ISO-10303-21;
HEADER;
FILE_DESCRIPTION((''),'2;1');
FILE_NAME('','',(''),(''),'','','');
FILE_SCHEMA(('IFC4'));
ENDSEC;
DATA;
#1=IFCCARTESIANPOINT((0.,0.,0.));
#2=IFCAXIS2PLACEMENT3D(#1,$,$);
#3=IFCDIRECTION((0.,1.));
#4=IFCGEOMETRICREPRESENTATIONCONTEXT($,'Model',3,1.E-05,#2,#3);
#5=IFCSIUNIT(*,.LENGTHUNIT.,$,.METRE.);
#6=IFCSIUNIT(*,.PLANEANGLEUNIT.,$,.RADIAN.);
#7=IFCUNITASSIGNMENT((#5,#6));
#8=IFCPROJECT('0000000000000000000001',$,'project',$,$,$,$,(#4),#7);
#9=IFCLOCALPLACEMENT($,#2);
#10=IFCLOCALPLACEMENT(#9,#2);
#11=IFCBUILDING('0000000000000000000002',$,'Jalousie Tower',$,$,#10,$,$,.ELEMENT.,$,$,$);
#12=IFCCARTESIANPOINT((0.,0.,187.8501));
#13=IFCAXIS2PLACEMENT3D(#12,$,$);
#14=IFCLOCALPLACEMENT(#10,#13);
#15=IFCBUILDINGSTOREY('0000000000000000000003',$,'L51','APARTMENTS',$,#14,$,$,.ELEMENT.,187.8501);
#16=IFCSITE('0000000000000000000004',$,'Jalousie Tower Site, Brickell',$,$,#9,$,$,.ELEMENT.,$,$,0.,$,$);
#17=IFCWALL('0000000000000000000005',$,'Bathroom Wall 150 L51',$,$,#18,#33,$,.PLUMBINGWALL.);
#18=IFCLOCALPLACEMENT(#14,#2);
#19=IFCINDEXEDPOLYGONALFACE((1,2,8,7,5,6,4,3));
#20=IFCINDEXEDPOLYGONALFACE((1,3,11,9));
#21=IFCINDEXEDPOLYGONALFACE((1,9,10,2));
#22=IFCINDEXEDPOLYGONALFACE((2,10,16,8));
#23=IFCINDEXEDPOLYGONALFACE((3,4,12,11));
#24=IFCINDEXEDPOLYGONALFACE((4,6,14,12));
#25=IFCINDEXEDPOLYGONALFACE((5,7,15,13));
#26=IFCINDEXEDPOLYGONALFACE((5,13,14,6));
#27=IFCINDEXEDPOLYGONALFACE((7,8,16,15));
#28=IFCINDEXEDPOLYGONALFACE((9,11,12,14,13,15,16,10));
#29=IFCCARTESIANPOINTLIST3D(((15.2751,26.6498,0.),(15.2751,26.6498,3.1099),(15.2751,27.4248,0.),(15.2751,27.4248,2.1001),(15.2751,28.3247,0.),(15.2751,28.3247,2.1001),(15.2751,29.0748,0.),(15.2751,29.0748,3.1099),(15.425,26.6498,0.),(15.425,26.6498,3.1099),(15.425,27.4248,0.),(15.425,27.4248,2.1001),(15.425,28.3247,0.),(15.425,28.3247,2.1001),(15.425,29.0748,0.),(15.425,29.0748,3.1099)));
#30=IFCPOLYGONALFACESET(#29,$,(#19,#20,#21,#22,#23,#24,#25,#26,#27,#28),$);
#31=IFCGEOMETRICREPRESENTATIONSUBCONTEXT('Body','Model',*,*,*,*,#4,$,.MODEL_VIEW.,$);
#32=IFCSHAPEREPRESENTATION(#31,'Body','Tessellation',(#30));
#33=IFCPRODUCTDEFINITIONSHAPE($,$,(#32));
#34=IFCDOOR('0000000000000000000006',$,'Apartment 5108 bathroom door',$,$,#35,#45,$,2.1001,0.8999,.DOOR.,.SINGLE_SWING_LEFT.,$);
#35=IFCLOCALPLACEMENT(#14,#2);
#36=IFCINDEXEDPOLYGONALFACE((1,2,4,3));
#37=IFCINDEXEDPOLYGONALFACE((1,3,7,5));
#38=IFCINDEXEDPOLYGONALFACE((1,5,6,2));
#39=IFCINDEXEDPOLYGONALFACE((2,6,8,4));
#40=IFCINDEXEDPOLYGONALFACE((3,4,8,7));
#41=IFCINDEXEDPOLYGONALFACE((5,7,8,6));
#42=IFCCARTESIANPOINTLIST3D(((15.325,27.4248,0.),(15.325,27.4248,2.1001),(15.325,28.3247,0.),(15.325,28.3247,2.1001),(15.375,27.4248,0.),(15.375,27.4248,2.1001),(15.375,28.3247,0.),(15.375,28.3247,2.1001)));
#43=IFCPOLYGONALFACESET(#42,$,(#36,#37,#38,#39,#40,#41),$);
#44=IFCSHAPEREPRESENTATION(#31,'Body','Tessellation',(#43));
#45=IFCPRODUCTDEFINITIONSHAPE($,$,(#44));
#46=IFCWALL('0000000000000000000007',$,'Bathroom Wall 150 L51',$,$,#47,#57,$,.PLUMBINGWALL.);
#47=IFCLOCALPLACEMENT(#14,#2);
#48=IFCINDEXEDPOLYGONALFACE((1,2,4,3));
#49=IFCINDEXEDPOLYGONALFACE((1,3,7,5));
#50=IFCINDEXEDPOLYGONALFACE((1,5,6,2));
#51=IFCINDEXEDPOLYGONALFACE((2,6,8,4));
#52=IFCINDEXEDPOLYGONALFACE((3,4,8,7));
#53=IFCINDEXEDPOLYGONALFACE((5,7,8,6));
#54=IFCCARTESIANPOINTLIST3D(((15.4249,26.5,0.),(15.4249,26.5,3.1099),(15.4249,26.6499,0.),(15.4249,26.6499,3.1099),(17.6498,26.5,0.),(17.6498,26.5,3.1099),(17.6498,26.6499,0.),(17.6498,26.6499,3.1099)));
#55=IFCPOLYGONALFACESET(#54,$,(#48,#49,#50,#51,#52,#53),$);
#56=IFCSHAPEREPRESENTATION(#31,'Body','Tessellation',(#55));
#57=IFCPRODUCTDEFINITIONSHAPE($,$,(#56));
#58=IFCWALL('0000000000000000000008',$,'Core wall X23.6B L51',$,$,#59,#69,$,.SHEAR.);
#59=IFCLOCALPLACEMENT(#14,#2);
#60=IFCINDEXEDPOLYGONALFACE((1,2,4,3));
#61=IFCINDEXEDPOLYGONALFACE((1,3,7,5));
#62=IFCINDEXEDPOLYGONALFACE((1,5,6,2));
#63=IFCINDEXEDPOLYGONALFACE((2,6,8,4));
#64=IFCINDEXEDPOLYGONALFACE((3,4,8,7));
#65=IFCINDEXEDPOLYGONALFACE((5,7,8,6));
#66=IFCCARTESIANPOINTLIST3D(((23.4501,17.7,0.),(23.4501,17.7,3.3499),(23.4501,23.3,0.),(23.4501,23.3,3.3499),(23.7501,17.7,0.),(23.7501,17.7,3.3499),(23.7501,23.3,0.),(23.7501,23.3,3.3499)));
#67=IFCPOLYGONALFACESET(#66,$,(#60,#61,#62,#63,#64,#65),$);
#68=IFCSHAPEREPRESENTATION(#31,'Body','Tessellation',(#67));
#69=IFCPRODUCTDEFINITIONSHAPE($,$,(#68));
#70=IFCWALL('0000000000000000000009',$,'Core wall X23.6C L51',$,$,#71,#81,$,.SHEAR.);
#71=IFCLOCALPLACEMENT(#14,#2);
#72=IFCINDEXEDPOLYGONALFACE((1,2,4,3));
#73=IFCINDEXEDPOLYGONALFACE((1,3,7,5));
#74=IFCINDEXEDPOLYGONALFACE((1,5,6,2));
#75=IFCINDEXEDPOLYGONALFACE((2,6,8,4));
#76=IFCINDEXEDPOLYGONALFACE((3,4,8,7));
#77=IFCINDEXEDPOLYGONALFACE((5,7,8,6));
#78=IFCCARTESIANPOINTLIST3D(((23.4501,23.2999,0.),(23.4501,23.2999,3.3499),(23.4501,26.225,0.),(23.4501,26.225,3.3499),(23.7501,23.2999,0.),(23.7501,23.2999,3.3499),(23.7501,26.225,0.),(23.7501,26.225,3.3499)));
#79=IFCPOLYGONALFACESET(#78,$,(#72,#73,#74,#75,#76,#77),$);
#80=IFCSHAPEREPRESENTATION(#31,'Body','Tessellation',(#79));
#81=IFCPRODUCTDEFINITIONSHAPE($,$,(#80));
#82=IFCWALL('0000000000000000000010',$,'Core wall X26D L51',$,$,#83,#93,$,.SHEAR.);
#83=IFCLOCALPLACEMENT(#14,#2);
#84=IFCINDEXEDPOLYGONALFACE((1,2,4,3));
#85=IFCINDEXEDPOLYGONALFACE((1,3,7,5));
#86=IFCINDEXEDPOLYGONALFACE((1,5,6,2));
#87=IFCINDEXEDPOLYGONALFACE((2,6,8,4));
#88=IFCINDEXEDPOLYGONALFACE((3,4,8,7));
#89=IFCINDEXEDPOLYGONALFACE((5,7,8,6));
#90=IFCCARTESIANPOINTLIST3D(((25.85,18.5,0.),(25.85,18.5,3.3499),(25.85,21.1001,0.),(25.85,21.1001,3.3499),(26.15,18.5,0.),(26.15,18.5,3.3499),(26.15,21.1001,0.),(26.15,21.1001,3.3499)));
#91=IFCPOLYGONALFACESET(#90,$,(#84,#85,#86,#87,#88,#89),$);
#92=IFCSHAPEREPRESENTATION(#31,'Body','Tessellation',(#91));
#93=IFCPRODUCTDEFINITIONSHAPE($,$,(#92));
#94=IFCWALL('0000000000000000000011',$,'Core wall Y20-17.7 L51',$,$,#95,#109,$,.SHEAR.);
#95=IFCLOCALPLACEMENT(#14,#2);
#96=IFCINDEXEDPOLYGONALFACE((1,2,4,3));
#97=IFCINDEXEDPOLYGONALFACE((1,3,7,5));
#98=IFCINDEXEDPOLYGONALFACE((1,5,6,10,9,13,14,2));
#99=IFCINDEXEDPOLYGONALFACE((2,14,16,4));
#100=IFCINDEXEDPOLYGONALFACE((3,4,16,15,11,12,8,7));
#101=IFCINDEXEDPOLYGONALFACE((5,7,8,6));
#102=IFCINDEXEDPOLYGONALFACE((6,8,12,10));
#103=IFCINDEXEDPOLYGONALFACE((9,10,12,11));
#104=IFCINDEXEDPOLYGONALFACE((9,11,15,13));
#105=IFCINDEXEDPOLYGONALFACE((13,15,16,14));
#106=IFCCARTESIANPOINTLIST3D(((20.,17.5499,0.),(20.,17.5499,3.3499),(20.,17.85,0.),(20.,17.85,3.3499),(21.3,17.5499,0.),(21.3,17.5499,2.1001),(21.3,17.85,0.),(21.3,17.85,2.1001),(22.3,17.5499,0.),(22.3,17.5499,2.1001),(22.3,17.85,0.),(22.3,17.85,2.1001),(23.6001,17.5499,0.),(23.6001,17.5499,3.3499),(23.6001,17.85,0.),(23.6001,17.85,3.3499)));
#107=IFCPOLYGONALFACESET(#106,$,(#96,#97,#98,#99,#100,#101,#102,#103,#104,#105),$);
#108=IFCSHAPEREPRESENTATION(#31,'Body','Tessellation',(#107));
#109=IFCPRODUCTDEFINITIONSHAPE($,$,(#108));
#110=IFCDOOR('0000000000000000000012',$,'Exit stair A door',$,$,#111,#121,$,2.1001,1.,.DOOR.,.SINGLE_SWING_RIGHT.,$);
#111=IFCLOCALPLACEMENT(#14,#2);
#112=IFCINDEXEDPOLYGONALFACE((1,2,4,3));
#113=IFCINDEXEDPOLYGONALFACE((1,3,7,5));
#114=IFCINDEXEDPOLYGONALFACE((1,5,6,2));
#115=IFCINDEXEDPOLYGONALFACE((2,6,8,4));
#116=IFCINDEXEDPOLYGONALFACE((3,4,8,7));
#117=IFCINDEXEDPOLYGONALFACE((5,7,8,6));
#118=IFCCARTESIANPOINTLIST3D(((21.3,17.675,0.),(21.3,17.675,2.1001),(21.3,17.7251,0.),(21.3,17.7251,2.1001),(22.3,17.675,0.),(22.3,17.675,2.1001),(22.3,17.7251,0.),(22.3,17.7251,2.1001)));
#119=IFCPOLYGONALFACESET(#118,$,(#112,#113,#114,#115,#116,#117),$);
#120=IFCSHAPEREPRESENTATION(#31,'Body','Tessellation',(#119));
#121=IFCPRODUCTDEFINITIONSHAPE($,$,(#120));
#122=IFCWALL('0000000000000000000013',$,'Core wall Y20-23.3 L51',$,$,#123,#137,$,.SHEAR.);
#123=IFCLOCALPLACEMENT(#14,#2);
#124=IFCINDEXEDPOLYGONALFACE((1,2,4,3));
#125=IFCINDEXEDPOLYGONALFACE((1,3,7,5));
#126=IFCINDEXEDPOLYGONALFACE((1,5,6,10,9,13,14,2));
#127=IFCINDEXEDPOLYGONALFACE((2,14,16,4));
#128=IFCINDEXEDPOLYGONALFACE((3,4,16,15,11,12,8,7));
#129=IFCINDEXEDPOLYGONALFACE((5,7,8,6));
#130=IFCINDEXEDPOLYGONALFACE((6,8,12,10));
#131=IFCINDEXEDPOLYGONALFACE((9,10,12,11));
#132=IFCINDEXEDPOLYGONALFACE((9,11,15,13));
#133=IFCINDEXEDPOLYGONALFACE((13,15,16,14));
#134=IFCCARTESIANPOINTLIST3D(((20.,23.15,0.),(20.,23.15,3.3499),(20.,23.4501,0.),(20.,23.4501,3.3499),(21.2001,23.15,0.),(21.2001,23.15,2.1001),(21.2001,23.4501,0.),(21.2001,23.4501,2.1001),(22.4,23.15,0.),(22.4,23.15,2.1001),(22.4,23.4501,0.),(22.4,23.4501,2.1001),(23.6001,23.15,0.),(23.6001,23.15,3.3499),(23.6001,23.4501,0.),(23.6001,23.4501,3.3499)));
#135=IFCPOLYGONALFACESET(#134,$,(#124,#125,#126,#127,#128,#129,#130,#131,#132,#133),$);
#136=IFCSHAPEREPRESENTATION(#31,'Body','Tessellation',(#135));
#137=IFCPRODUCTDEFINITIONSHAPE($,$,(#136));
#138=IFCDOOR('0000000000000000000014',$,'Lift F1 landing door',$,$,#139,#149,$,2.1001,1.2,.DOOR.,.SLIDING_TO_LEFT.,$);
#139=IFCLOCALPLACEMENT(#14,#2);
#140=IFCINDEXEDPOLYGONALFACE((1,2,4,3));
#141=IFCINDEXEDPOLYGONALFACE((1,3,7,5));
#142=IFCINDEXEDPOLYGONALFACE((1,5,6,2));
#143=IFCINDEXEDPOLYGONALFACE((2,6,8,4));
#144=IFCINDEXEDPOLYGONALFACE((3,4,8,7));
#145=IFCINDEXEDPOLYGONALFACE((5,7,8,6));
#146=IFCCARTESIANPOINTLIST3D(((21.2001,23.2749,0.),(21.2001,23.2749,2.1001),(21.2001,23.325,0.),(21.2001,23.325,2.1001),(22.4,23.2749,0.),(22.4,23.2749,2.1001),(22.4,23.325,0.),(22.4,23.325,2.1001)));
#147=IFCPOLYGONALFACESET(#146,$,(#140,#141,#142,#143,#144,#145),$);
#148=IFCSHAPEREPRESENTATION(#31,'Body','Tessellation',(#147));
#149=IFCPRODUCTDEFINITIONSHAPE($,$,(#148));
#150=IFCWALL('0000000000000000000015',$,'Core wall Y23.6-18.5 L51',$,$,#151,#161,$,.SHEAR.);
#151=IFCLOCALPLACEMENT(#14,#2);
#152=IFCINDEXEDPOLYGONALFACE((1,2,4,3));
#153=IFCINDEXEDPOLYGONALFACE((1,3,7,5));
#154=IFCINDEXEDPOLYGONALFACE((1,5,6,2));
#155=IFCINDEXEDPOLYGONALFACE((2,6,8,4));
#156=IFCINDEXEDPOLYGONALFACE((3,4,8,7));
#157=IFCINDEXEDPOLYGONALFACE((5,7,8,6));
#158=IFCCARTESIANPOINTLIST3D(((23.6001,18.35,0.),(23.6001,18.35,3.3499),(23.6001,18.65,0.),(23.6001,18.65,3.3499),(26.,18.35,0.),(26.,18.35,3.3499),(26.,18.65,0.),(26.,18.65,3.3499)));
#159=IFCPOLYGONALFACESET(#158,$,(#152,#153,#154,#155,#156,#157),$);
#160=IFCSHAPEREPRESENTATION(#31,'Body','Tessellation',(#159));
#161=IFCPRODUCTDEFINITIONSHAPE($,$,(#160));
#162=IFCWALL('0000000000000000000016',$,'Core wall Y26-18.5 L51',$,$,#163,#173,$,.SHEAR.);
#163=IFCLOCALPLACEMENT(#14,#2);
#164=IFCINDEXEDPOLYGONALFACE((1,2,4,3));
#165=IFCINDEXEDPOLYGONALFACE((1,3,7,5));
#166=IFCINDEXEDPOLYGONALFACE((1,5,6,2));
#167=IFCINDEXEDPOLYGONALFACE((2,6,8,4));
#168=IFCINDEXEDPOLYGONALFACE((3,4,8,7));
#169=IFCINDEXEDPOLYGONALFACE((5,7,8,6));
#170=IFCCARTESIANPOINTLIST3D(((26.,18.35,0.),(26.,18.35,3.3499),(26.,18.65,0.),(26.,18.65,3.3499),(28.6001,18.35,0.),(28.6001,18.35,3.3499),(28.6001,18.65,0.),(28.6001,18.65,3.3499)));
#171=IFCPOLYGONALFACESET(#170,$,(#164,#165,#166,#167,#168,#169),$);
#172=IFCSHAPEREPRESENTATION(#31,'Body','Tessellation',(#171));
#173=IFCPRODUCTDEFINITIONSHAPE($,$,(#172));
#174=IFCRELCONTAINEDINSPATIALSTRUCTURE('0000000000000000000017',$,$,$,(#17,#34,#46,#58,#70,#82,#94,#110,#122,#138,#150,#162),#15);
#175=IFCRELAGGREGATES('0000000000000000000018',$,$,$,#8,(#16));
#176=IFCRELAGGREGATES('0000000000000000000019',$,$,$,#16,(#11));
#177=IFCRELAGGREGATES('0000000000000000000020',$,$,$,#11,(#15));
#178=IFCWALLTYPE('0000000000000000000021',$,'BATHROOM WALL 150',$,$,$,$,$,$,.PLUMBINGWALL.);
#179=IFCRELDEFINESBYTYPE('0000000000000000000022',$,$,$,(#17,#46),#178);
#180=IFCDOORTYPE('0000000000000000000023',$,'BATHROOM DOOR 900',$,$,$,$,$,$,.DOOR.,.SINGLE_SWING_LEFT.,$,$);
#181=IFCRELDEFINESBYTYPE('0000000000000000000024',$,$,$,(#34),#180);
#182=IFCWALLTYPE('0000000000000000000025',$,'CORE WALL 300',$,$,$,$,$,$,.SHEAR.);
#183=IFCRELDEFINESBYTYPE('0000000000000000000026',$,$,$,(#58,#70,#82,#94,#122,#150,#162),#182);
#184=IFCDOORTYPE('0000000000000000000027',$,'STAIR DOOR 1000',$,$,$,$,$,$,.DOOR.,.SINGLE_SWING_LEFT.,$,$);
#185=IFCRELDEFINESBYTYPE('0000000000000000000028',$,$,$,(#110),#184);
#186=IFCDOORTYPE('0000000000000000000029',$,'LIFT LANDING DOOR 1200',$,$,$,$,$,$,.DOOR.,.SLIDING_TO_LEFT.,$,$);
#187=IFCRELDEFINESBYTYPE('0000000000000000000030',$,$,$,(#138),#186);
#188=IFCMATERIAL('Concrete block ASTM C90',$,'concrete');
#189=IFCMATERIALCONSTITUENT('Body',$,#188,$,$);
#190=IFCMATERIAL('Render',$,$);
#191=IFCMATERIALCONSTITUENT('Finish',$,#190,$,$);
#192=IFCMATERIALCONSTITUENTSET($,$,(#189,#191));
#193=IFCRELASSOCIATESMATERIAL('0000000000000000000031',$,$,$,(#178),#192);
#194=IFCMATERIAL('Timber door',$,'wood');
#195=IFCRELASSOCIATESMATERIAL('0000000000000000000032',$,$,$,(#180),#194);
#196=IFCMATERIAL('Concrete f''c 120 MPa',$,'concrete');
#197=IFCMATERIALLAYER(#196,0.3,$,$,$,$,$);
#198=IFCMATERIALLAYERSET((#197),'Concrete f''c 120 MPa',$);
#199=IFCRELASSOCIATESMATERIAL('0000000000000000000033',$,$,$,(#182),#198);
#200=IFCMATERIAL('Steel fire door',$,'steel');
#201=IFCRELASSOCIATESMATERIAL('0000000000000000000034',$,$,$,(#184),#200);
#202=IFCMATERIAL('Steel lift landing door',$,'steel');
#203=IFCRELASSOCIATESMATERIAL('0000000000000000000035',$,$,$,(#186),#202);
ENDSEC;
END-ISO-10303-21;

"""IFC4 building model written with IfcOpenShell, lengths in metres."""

from ifc_helpers import new_model, si_unit, direction, frame, frame_2d, origin, place, context, subcontext, project, spatial, rectangle, extrude, material, layer, layer_set, constituent, constituent_set, type_object, element, fill, save


model = new_model("IFC4")

# Units and contexts
model_context = context("Model", 3, precision=1e-05, world=origin(), true_north=direction((0.0, 1.0)))
body_context = subcontext(model_context, "Body", "Model", "MODEL_VIEW")
ifc_project = project(units=[si_unit("LENGTHUNIT", "METRE"), si_unit("PLANEANGLEUNIT", "RADIAN")], contexts=[model_context])

# Site, building, storey
site_placement = place(None, origin())
site = spatial("IfcSite", under=ifc_project, at=site_placement, Name="Jalousie Tower Site, Brickell", CompositionType="ELEMENT", RefElevation=0.0)
building_placement = place(site_placement, origin())
building = spatial("IfcBuilding", under=site, at=building_placement, Name="Jalousie Tower", CompositionType="ELEMENT")
storey_placement = place(building_placement, frame((0.0, 0.0, 187.8501)))
storey = spatial("IfcBuildingStorey", under=building, at=storey_placement, Name="L51", Description="APARTMENTS", CompositionType="ELEMENT", Elevation=187.8501)

# Wall, opening, door
ifc_material_1 = material(Name="Concrete block ASTM C90", Category="concrete")
ifc_constituent_1 = constituent(ifc_material_1, Name="Body")
ifc_material_2 = material(Name="Render")
ifc_constituent_2 = constituent(ifc_material_2, Name="Finish")
ifc_constituent_set = constituent_set(constituents=[ifc_constituent_1, ifc_constituent_2])
wall_type_1 = type_object("IfcWallType", Name="BATHROOM WALL 150", PredefinedType="PLUMBINGWALL", material=ifc_constituent_set)
wall_1_placement = place(storey_placement, frame((15.3501, 26.6499, 0.0), z_axis=(0.0, 0.0, 1.0), x_axis=(0.0, 1.0, 0.0)))
wall_1 = element("IfcWall", 1, at=wall_1_placement, inside=storey, type_object=wall_type_1, Name="Bathroom Wall 150 L51", PredefinedType="PLUMBINGWALL", context=body_context, shape_type="SweptSolid", body=[
    extrude(rectangle(XDim=2.425, YDim=0.1499, at=frame_2d((1.2124, 0.0))), origin(), (0.0, 0.0, 1.0), 3.1099),
])
opening_1_placement = place(wall_1_placement, frame((0.7749, 0.0, 0.0)))
opening_1 = element("IfcOpeningElement", 2, at=opening_1_placement, cuts=wall_1, PredefinedType="OPENING", context=body_context, shape_type="SweptSolid", body=[
    extrude(rectangle(XDim=0.8999, YDim=2.1001, at=frame_2d((0.45, 1.05))), frame((0.0, 0.085, 0.0), z_axis=(0.0, -1.0, 0.0), x_axis=(1.0, 0.0, 0.0)), (0.0, 0.0, 1.0), 0.1699),
])
ifc_material_3 = material(Name="Timber door", Category="wood")
door_type_1 = type_object("IfcDoorType", Name="BATHROOM DOOR 900", OperationType="SINGLE_SWING_LEFT", PredefinedType="DOOR", material=ifc_material_3)
door_1_placement = place(opening_1_placement, frame((0.8999, 0.0, 0.0), z_axis=(0.0, 0.0, 1.0), x_axis=(-1.0, 0.0, 0.0)))
door_1 = element("IfcDoor", 3, at=door_1_placement, inside=storey, type_object=door_type_1, Name="Apartment 5108 bathroom door", OperationType="SINGLE_SWING_LEFT", OverallHeight=2.1001, OverallWidth=0.8999, PredefinedType="DOOR", context=body_context, shape_type="SweptSolid", body=[
    extrude(rectangle(XDim=0.8999, YDim=2.1001, at=frame_2d((0.45, 1.05))), frame((0.0, 0.0249, 0.0), z_axis=(0.0, -1.0, 0.0), x_axis=(1.0, 0.0, 0.0)), (0.0, 0.0, 1.0), 0.05),
])
fill(opening_1, door_1)

# Walls
wall_2_placement = place(storey_placement, frame((15.425, 26.575, 0.0), z_axis=(0.0, 0.0, 1.0), x_axis=(1.0, 0.0, 0.0)))
element("IfcWall", 4, at=wall_2_placement, inside=storey, type_object=wall_type_1, Name="Bathroom Wall 150 L51", PredefinedType="PLUMBINGWALL", context=body_context, shape_type="SweptSolid", body=[
    extrude(rectangle(XDim=2.2249, YDim=0.1499, at=frame_2d((1.1123, 0.0))), origin(), (0.0, 0.0, 1.0), 3.1099),
])
ifc_material_4 = material(Name="Concrete f'c 120 MPa", Category="concrete")
ifc_layer_1 = layer(ifc_material_4, 0.3)
ifc_layer_set_1 = layer_set([ifc_layer_1], Name="Concrete f'c 120 MPa")
wall_type_2 = type_object("IfcWallType", Name="CORE WALL 300", PredefinedType="SHEAR", material=ifc_layer_set_1)
wall_3_placement = place(storey_placement, frame((23.6001, 17.7, 0.0), z_axis=(0.0, 0.0, 1.0), x_axis=(0.0, 1.0, 0.0)))
element("IfcWall", 5, at=wall_3_placement, inside=storey, type_object=wall_type_2, Name="Core wall X23.6B L51", PredefinedType="SHEAR", context=body_context, shape_type="SweptSolid", body=[
    extrude(rectangle(XDim=5.6001, YDim=0.3, at=frame_2d((2.8, 0.0))), origin(), (0.0, 0.0, 1.0), 3.3499),
])
wall_4_placement = place(storey_placement, frame((23.6001, 23.3, 0.0), z_axis=(0.0, 0.0, 1.0), x_axis=(0.0, 1.0, 0.0)))
element("IfcWall", 6, at=wall_4_placement, inside=storey, type_object=wall_type_2, Name="Core wall X23.6C L51", PredefinedType="SHEAR", context=body_context, shape_type="SweptSolid", body=[
    extrude(rectangle(XDim=2.925, YDim=0.3, at=frame_2d((1.4624, 0.0))), origin(), (0.0, 0.0, 1.0), 3.3499),
])
wall_5_placement = place(storey_placement, frame((26.0, 18.5, 0.0), z_axis=(0.0, 0.0, 1.0), x_axis=(0.0, 1.0, 0.0)))
element("IfcWall", 7, at=wall_5_placement, inside=storey, type_object=wall_type_2, Name="Core wall X26D L51", PredefinedType="SHEAR", context=body_context, shape_type="SweptSolid", body=[
    extrude(rectangle(XDim=2.6001, YDim=0.3, at=frame_2d((1.3, 0.0))), origin(), (0.0, 0.0, 1.0), 3.3499),
])

# Walls, openings, doors
wall_6_placement = place(storey_placement, frame((20.0, 17.7, 0.0), z_axis=(0.0, 0.0, 1.0), x_axis=(1.0, 0.0, 0.0)))
wall_6 = element("IfcWall", 8, at=wall_6_placement, inside=storey, type_object=wall_type_2, Name="Core wall Y20-17.7 L51", PredefinedType="SHEAR", context=body_context, shape_type="SweptSolid", body=[
    extrude(rectangle(XDim=3.6001, YDim=0.3, at=frame_2d((1.8, 0.0))), origin(), (0.0, 0.0, 1.0), 3.3499),
])
opening_2_placement = place(wall_6_placement, frame((1.3, 0.0, 0.0)))
opening_2 = element("IfcOpeningElement", 9, at=opening_2_placement, cuts=wall_6, PredefinedType="OPENING", context=body_context, shape_type="SweptSolid", body=[
    extrude(rectangle(XDim=1.0, YDim=2.1001, at=frame_2d((0.5, 1.05))), frame((0.0, 0.1599, 0.0), z_axis=(0.0, -1.0, 0.0), x_axis=(1.0, 0.0, 0.0)), (0.0, 0.0, 1.0), 0.3201),
])
ifc_material_5 = material(Name="Steel fire door", Category="steel")
door_type_2 = type_object("IfcDoorType", Name="STAIR DOOR 1000", OperationType="SINGLE_SWING_LEFT", PredefinedType="DOOR", material=ifc_material_5)
door_2_placement = place(opening_2_placement, frame((1.0, 0.0, 0.0), z_axis=(0.0, 0.0, 1.0), x_axis=(-1.0, 0.0, 0.0)))
door_2 = element("IfcDoor", 10, at=door_2_placement, inside=storey, type_object=door_type_2, Name="Exit stair A door", OperationType="SINGLE_SWING_RIGHT", OverallHeight=2.1001, OverallWidth=1.0, PredefinedType="DOOR", context=body_context, shape_type="SweptSolid", body=[
    extrude(rectangle(XDim=1.0, YDim=2.1001, at=frame_2d((0.5, 1.05))), frame((0.0, 0.0249, 0.0), z_axis=(0.0, -1.0, 0.0), x_axis=(1.0, 0.0, 0.0)), (0.0, 0.0, 1.0), 0.05),
])
fill(opening_2, door_2)
wall_7_placement = place(storey_placement, frame((20.0, 23.3, 0.0), z_axis=(0.0, 0.0, 1.0), x_axis=(1.0, 0.0, 0.0)))
wall_7 = element("IfcWall", 11, at=wall_7_placement, inside=storey, type_object=wall_type_2, Name="Core wall Y20-23.3 L51", PredefinedType="SHEAR", context=body_context, shape_type="SweptSolid", body=[
    extrude(rectangle(XDim=3.6001, YDim=0.3, at=frame_2d((1.8, 0.0))), origin(), (0.0, 0.0, 1.0), 3.3499),
])
opening_3_placement = place(wall_7_placement, frame((1.2, 0.0, 0.0)))
opening_3 = element("IfcOpeningElement", 12, at=opening_3_placement, cuts=wall_7, PredefinedType="OPENING", context=body_context, shape_type="SweptSolid", body=[
    extrude(rectangle(XDim=1.2, YDim=2.1001, at=frame_2d((0.6001, 1.05))), frame((0.0, 0.1599, 0.0), z_axis=(0.0, -1.0, 0.0), x_axis=(1.0, 0.0, 0.0)), (0.0, 0.0, 1.0), 0.3201),
])
ifc_material_6 = material(Name="Steel lift landing door", Category="steel")
door_type_3 = type_object("IfcDoorType", Name="LIFT LANDING DOOR 1200", OperationType="SLIDING_TO_LEFT", PredefinedType="DOOR", material=ifc_material_6)
door_3_placement = place(opening_3_placement, origin())
door_3 = element("IfcDoor", 13, at=door_3_placement, inside=storey, type_object=door_type_3, Name="Lift F1 landing door", OperationType="SLIDING_TO_LEFT", OverallHeight=2.1001, OverallWidth=1.2, PredefinedType="DOOR", context=body_context, shape_type="SweptSolid", body=[
    extrude(rectangle(XDim=1.2, YDim=2.1001, at=frame_2d((0.6001, 1.05))), frame((0.0, 0.0249, 0.0), z_axis=(0.0, -1.0, 0.0), x_axis=(1.0, 0.0, 0.0)), (0.0, 0.0, 1.0), 0.05),
])
fill(opening_3, door_3)

# Walls
wall_8_placement = place(storey_placement, frame((23.6001, 18.5, 0.0), z_axis=(0.0, 0.0, 1.0), x_axis=(1.0, 0.0, 0.0)))
element("IfcWall", 14, at=wall_8_placement, inside=storey, type_object=wall_type_2, Name="Core wall Y23.6-18.5 L51", PredefinedType="SHEAR", context=body_context, shape_type="SweptSolid", body=[
    extrude(rectangle(XDim=2.3999, YDim=0.3, at=frame_2d((1.2, 0.0))), origin(), (0.0, 0.0, 1.0), 3.3499),
])
wall_9_placement = place(storey_placement, frame((26.0, 18.5, 0.0), z_axis=(0.0, 0.0, 1.0), x_axis=(1.0, 0.0, 0.0)))
element("IfcWall", 15, at=wall_9_placement, inside=storey, type_object=wall_type_2, Name="Core wall Y26-18.5 L51", PredefinedType="SHEAR", context=body_context, shape_type="SweptSolid", body=[
    extrude(rectangle(XDim=2.6001, YDim=0.3, at=frame_2d((1.3, 0.0))), origin(), (0.0, 0.0, 1.0), 3.3499),
])

save(model, "model.ifc")
